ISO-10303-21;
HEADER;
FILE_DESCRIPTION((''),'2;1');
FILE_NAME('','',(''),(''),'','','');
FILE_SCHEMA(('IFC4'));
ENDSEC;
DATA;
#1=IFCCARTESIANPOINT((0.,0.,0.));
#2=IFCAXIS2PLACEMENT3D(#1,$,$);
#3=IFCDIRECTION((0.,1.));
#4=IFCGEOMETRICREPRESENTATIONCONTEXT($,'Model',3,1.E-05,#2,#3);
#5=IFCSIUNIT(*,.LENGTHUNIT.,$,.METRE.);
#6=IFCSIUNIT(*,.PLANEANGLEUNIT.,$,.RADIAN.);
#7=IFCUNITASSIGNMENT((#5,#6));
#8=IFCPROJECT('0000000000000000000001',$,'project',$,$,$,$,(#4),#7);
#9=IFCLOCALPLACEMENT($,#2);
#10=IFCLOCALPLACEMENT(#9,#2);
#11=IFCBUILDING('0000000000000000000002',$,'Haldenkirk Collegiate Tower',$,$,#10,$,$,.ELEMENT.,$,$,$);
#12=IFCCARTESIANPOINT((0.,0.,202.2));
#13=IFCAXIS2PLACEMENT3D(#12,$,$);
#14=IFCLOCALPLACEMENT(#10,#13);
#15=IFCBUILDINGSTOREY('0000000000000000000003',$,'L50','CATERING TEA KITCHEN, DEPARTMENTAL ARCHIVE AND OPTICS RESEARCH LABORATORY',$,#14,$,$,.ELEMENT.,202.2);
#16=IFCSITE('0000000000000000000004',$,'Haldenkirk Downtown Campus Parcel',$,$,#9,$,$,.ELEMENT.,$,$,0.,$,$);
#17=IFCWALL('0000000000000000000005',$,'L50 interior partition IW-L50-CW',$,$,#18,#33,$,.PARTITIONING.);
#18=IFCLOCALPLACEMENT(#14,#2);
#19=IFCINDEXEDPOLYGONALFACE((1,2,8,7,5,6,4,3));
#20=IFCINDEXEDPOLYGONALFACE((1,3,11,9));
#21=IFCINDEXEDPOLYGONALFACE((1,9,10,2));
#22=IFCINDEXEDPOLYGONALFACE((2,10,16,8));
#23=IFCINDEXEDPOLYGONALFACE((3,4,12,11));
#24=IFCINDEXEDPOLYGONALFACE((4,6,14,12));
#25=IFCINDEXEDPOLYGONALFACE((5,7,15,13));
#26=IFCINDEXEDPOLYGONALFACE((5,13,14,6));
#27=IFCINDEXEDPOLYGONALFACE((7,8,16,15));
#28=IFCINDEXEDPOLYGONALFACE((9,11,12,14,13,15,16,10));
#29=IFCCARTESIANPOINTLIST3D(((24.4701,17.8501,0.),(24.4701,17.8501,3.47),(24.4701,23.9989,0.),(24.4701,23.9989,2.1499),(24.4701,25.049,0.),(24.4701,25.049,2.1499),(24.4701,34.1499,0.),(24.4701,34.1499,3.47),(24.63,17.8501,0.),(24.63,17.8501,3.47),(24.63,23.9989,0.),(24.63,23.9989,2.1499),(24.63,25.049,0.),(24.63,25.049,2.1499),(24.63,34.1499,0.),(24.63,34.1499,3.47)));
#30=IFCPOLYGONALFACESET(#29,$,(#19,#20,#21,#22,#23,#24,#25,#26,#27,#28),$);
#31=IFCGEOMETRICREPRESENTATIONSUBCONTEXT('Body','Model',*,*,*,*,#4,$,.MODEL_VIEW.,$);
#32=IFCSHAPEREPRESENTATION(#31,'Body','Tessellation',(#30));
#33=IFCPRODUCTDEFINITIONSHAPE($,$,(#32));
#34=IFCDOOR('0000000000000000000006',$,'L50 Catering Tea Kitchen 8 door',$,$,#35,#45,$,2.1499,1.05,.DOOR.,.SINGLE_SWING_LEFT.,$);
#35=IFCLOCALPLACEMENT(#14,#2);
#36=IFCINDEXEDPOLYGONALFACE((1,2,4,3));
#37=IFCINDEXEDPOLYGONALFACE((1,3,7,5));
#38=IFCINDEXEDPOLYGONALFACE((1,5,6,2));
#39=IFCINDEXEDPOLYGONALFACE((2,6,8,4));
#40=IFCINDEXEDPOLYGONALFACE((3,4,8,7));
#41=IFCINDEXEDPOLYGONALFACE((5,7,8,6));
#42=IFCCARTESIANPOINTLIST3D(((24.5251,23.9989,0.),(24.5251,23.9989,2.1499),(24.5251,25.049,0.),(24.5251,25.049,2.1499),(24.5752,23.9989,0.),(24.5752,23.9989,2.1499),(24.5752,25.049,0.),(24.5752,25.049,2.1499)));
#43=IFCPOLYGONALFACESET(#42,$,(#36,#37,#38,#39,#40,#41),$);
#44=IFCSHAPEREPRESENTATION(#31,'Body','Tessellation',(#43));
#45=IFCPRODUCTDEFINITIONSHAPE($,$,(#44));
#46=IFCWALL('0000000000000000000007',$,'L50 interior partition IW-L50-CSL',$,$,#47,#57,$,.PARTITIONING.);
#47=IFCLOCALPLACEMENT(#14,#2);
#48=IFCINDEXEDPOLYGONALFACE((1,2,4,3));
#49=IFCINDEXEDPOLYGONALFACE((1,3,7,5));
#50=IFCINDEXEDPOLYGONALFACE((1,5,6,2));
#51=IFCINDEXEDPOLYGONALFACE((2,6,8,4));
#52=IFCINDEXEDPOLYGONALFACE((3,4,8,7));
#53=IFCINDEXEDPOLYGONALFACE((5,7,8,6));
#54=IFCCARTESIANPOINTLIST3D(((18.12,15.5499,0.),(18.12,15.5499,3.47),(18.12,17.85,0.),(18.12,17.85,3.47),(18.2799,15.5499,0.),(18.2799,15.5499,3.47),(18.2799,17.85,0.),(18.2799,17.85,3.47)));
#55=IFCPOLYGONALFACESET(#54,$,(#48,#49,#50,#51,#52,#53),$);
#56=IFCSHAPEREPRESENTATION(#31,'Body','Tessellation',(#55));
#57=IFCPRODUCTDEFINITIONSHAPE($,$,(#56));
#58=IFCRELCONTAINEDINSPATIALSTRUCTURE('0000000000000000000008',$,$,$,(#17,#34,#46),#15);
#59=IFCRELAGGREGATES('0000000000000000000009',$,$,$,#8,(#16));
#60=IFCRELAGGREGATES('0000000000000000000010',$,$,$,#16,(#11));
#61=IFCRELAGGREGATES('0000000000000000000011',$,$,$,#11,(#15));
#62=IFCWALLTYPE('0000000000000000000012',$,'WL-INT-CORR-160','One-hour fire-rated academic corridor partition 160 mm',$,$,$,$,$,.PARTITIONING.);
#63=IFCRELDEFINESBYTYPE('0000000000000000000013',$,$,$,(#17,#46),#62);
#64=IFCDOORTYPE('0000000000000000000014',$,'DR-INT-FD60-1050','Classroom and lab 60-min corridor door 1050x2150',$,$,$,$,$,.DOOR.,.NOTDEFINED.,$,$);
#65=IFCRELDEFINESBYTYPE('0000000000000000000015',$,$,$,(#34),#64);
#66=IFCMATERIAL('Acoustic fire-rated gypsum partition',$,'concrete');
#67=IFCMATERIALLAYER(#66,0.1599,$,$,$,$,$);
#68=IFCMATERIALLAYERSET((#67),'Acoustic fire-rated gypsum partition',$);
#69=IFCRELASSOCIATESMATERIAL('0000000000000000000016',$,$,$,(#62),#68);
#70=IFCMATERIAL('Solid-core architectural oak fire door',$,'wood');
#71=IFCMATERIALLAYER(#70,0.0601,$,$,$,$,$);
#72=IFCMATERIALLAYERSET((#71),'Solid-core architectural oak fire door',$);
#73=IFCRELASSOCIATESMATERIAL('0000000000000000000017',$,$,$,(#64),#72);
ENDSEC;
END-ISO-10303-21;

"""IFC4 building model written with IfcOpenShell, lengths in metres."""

from ifc_helpers import new_model, si_unit, direction, frame, frame_2d, origin, place, context, subcontext, project, spatial, rectangle, extrude, material, layer, layer_set, type_object, element, fill, save


model = new_model("IFC4")

# Units and contexts
model_context = context("Model", 3, precision=1e-05, world=origin(), true_north=direction((0.0, 1.0)))
body_context = subcontext(model_context, "Body", "Model", "MODEL_VIEW")
ifc_project = project(units=[si_unit("LENGTHUNIT", "METRE"), si_unit("PLANEANGLEUNIT", "RADIAN")], contexts=[model_context])

# Site, building, storey
site_placement = place(None, origin())
site = spatial("IfcSite", under=ifc_project, at=site_placement, Name="Haldenkirk Downtown Campus Parcel", CompositionType="ELEMENT", RefElevation=0.0)
building_placement = place(site_placement, origin())
building = spatial("IfcBuilding", under=site, at=building_placement, Name="Haldenkirk Collegiate Tower", CompositionType="ELEMENT")
storey_placement = place(building_placement, frame((0.0, 0.0, 202.2)))
storey = spatial("IfcBuildingStorey", under=building, at=storey_placement, Name="L50", Description="CATERING TEA KITCHEN, DEPARTMENTAL ARCHIVE AND OPTICS RESEARCH LABORATORY", CompositionType="ELEMENT", Elevation=202.2)

# Shared definitions
ifc_material_1 = material(Name="Acoustic fire-rated gypsum partition", Category="concrete")
ifc_layer_1 = layer(ifc_material_1, 0.1599)
ifc_layer_set_1 = layer_set([ifc_layer_1], Name="Acoustic fire-rated gypsum partition")
wall_type_1 = type_object("IfcWallType", Name="WL-INT-CORR-160", Description="One-hour fire-rated academic corridor partition 160 mm", PredefinedType="PARTITIONING", material=ifc_layer_set_1)
ifc_material_2 = material(Name="Solid-core architectural oak fire door", Category="wood")
ifc_layer_2 = layer(ifc_material_2, 0.0601)
ifc_layer_set_2 = layer_set([ifc_layer_2], Name="Solid-core architectural oak fire door")
door_type_1 = type_object("IfcDoorType", Name="DR-INT-FD60-1050", Description="Classroom and lab 60-min corridor door 1050x2150", OperationType="NOTDEFINED", PredefinedType="DOOR", material=ifc_layer_set_2)

# Wall, opening, door
wall_1_placement = place(storey_placement, frame((24.55, 17.8501, 0.0), z_axis=(0.0, 0.0, 1.0), x_axis=(0.0, 1.0, 0.0)))
wall_1 = element("IfcWall", 1, at=wall_1_placement, inside=storey, type_object=wall_type_1, Name="L50 interior partition IW-L50-CW", PredefinedType="PARTITIONING", context=body_context, shape_type="SweptSolid", body=[
    extrude(rectangle(XDim=16.2998, YDim=0.1599, at=frame_2d((8.1499, 0.0))), origin(), (0.0, 0.0, 1.0), 3.47),
])
opening_1_placement = place(wall_1_placement, frame((6.1489, 0.0, 0.0)))
opening_1 = element("IfcOpeningElement", 2, at=opening_1_placement, cuts=wall_1, PredefinedType="OPENING", context=body_context, shape_type="SweptSolid", body=[
    extrude(rectangle(XDim=1.05, YDim=2.1499, at=frame_2d((0.5249, 1.075))), frame((0.0, 0.0898, 0.0), z_axis=(0.0, -1.0, 0.0), x_axis=(1.0, 0.0, 0.0)), (0.0, 0.0, 1.0), 0.1799),
])
door_1_placement = place(opening_1_placement, origin())
door_1 = element("IfcDoor", 3, at=door_1_placement, inside=storey, type_object=door_type_1, Name="L50 Catering Tea Kitchen 8 door", OperationType="SINGLE_SWING_LEFT", OverallHeight=2.1499, OverallWidth=1.05, PredefinedType="DOOR", context=body_context, shape_type="SweptSolid", body=[
    extrude(rectangle(XDim=1.05, YDim=2.1499, at=frame_2d((0.5249, 1.075))), frame((0.0, 0.0249, 0.0), z_axis=(0.0, -1.0, 0.0), x_axis=(1.0, 0.0, 0.0)), (0.0, 0.0, 1.0), 0.05),
])
fill(opening_1, door_1)

# Wall
wall_2_placement = place(storey_placement, frame((18.2, 15.55, 0.0), z_axis=(0.0, 0.0, 1.0), x_axis=(0.0, 1.0, 0.0)))
element("IfcWall", 4, at=wall_2_placement, inside=storey, type_object=wall_type_1, Name="L50 interior partition IW-L50-CSL", PredefinedType="PARTITIONING", context=body_context, shape_type="SweptSolid", body=[
    extrude(rectangle(XDim=2.3, YDim=0.1599, at=frame_2d((1.1499, 0.0))), origin(), (0.0, 0.0, 1.0), 3.47),
])

save(model, "model.ifc")
